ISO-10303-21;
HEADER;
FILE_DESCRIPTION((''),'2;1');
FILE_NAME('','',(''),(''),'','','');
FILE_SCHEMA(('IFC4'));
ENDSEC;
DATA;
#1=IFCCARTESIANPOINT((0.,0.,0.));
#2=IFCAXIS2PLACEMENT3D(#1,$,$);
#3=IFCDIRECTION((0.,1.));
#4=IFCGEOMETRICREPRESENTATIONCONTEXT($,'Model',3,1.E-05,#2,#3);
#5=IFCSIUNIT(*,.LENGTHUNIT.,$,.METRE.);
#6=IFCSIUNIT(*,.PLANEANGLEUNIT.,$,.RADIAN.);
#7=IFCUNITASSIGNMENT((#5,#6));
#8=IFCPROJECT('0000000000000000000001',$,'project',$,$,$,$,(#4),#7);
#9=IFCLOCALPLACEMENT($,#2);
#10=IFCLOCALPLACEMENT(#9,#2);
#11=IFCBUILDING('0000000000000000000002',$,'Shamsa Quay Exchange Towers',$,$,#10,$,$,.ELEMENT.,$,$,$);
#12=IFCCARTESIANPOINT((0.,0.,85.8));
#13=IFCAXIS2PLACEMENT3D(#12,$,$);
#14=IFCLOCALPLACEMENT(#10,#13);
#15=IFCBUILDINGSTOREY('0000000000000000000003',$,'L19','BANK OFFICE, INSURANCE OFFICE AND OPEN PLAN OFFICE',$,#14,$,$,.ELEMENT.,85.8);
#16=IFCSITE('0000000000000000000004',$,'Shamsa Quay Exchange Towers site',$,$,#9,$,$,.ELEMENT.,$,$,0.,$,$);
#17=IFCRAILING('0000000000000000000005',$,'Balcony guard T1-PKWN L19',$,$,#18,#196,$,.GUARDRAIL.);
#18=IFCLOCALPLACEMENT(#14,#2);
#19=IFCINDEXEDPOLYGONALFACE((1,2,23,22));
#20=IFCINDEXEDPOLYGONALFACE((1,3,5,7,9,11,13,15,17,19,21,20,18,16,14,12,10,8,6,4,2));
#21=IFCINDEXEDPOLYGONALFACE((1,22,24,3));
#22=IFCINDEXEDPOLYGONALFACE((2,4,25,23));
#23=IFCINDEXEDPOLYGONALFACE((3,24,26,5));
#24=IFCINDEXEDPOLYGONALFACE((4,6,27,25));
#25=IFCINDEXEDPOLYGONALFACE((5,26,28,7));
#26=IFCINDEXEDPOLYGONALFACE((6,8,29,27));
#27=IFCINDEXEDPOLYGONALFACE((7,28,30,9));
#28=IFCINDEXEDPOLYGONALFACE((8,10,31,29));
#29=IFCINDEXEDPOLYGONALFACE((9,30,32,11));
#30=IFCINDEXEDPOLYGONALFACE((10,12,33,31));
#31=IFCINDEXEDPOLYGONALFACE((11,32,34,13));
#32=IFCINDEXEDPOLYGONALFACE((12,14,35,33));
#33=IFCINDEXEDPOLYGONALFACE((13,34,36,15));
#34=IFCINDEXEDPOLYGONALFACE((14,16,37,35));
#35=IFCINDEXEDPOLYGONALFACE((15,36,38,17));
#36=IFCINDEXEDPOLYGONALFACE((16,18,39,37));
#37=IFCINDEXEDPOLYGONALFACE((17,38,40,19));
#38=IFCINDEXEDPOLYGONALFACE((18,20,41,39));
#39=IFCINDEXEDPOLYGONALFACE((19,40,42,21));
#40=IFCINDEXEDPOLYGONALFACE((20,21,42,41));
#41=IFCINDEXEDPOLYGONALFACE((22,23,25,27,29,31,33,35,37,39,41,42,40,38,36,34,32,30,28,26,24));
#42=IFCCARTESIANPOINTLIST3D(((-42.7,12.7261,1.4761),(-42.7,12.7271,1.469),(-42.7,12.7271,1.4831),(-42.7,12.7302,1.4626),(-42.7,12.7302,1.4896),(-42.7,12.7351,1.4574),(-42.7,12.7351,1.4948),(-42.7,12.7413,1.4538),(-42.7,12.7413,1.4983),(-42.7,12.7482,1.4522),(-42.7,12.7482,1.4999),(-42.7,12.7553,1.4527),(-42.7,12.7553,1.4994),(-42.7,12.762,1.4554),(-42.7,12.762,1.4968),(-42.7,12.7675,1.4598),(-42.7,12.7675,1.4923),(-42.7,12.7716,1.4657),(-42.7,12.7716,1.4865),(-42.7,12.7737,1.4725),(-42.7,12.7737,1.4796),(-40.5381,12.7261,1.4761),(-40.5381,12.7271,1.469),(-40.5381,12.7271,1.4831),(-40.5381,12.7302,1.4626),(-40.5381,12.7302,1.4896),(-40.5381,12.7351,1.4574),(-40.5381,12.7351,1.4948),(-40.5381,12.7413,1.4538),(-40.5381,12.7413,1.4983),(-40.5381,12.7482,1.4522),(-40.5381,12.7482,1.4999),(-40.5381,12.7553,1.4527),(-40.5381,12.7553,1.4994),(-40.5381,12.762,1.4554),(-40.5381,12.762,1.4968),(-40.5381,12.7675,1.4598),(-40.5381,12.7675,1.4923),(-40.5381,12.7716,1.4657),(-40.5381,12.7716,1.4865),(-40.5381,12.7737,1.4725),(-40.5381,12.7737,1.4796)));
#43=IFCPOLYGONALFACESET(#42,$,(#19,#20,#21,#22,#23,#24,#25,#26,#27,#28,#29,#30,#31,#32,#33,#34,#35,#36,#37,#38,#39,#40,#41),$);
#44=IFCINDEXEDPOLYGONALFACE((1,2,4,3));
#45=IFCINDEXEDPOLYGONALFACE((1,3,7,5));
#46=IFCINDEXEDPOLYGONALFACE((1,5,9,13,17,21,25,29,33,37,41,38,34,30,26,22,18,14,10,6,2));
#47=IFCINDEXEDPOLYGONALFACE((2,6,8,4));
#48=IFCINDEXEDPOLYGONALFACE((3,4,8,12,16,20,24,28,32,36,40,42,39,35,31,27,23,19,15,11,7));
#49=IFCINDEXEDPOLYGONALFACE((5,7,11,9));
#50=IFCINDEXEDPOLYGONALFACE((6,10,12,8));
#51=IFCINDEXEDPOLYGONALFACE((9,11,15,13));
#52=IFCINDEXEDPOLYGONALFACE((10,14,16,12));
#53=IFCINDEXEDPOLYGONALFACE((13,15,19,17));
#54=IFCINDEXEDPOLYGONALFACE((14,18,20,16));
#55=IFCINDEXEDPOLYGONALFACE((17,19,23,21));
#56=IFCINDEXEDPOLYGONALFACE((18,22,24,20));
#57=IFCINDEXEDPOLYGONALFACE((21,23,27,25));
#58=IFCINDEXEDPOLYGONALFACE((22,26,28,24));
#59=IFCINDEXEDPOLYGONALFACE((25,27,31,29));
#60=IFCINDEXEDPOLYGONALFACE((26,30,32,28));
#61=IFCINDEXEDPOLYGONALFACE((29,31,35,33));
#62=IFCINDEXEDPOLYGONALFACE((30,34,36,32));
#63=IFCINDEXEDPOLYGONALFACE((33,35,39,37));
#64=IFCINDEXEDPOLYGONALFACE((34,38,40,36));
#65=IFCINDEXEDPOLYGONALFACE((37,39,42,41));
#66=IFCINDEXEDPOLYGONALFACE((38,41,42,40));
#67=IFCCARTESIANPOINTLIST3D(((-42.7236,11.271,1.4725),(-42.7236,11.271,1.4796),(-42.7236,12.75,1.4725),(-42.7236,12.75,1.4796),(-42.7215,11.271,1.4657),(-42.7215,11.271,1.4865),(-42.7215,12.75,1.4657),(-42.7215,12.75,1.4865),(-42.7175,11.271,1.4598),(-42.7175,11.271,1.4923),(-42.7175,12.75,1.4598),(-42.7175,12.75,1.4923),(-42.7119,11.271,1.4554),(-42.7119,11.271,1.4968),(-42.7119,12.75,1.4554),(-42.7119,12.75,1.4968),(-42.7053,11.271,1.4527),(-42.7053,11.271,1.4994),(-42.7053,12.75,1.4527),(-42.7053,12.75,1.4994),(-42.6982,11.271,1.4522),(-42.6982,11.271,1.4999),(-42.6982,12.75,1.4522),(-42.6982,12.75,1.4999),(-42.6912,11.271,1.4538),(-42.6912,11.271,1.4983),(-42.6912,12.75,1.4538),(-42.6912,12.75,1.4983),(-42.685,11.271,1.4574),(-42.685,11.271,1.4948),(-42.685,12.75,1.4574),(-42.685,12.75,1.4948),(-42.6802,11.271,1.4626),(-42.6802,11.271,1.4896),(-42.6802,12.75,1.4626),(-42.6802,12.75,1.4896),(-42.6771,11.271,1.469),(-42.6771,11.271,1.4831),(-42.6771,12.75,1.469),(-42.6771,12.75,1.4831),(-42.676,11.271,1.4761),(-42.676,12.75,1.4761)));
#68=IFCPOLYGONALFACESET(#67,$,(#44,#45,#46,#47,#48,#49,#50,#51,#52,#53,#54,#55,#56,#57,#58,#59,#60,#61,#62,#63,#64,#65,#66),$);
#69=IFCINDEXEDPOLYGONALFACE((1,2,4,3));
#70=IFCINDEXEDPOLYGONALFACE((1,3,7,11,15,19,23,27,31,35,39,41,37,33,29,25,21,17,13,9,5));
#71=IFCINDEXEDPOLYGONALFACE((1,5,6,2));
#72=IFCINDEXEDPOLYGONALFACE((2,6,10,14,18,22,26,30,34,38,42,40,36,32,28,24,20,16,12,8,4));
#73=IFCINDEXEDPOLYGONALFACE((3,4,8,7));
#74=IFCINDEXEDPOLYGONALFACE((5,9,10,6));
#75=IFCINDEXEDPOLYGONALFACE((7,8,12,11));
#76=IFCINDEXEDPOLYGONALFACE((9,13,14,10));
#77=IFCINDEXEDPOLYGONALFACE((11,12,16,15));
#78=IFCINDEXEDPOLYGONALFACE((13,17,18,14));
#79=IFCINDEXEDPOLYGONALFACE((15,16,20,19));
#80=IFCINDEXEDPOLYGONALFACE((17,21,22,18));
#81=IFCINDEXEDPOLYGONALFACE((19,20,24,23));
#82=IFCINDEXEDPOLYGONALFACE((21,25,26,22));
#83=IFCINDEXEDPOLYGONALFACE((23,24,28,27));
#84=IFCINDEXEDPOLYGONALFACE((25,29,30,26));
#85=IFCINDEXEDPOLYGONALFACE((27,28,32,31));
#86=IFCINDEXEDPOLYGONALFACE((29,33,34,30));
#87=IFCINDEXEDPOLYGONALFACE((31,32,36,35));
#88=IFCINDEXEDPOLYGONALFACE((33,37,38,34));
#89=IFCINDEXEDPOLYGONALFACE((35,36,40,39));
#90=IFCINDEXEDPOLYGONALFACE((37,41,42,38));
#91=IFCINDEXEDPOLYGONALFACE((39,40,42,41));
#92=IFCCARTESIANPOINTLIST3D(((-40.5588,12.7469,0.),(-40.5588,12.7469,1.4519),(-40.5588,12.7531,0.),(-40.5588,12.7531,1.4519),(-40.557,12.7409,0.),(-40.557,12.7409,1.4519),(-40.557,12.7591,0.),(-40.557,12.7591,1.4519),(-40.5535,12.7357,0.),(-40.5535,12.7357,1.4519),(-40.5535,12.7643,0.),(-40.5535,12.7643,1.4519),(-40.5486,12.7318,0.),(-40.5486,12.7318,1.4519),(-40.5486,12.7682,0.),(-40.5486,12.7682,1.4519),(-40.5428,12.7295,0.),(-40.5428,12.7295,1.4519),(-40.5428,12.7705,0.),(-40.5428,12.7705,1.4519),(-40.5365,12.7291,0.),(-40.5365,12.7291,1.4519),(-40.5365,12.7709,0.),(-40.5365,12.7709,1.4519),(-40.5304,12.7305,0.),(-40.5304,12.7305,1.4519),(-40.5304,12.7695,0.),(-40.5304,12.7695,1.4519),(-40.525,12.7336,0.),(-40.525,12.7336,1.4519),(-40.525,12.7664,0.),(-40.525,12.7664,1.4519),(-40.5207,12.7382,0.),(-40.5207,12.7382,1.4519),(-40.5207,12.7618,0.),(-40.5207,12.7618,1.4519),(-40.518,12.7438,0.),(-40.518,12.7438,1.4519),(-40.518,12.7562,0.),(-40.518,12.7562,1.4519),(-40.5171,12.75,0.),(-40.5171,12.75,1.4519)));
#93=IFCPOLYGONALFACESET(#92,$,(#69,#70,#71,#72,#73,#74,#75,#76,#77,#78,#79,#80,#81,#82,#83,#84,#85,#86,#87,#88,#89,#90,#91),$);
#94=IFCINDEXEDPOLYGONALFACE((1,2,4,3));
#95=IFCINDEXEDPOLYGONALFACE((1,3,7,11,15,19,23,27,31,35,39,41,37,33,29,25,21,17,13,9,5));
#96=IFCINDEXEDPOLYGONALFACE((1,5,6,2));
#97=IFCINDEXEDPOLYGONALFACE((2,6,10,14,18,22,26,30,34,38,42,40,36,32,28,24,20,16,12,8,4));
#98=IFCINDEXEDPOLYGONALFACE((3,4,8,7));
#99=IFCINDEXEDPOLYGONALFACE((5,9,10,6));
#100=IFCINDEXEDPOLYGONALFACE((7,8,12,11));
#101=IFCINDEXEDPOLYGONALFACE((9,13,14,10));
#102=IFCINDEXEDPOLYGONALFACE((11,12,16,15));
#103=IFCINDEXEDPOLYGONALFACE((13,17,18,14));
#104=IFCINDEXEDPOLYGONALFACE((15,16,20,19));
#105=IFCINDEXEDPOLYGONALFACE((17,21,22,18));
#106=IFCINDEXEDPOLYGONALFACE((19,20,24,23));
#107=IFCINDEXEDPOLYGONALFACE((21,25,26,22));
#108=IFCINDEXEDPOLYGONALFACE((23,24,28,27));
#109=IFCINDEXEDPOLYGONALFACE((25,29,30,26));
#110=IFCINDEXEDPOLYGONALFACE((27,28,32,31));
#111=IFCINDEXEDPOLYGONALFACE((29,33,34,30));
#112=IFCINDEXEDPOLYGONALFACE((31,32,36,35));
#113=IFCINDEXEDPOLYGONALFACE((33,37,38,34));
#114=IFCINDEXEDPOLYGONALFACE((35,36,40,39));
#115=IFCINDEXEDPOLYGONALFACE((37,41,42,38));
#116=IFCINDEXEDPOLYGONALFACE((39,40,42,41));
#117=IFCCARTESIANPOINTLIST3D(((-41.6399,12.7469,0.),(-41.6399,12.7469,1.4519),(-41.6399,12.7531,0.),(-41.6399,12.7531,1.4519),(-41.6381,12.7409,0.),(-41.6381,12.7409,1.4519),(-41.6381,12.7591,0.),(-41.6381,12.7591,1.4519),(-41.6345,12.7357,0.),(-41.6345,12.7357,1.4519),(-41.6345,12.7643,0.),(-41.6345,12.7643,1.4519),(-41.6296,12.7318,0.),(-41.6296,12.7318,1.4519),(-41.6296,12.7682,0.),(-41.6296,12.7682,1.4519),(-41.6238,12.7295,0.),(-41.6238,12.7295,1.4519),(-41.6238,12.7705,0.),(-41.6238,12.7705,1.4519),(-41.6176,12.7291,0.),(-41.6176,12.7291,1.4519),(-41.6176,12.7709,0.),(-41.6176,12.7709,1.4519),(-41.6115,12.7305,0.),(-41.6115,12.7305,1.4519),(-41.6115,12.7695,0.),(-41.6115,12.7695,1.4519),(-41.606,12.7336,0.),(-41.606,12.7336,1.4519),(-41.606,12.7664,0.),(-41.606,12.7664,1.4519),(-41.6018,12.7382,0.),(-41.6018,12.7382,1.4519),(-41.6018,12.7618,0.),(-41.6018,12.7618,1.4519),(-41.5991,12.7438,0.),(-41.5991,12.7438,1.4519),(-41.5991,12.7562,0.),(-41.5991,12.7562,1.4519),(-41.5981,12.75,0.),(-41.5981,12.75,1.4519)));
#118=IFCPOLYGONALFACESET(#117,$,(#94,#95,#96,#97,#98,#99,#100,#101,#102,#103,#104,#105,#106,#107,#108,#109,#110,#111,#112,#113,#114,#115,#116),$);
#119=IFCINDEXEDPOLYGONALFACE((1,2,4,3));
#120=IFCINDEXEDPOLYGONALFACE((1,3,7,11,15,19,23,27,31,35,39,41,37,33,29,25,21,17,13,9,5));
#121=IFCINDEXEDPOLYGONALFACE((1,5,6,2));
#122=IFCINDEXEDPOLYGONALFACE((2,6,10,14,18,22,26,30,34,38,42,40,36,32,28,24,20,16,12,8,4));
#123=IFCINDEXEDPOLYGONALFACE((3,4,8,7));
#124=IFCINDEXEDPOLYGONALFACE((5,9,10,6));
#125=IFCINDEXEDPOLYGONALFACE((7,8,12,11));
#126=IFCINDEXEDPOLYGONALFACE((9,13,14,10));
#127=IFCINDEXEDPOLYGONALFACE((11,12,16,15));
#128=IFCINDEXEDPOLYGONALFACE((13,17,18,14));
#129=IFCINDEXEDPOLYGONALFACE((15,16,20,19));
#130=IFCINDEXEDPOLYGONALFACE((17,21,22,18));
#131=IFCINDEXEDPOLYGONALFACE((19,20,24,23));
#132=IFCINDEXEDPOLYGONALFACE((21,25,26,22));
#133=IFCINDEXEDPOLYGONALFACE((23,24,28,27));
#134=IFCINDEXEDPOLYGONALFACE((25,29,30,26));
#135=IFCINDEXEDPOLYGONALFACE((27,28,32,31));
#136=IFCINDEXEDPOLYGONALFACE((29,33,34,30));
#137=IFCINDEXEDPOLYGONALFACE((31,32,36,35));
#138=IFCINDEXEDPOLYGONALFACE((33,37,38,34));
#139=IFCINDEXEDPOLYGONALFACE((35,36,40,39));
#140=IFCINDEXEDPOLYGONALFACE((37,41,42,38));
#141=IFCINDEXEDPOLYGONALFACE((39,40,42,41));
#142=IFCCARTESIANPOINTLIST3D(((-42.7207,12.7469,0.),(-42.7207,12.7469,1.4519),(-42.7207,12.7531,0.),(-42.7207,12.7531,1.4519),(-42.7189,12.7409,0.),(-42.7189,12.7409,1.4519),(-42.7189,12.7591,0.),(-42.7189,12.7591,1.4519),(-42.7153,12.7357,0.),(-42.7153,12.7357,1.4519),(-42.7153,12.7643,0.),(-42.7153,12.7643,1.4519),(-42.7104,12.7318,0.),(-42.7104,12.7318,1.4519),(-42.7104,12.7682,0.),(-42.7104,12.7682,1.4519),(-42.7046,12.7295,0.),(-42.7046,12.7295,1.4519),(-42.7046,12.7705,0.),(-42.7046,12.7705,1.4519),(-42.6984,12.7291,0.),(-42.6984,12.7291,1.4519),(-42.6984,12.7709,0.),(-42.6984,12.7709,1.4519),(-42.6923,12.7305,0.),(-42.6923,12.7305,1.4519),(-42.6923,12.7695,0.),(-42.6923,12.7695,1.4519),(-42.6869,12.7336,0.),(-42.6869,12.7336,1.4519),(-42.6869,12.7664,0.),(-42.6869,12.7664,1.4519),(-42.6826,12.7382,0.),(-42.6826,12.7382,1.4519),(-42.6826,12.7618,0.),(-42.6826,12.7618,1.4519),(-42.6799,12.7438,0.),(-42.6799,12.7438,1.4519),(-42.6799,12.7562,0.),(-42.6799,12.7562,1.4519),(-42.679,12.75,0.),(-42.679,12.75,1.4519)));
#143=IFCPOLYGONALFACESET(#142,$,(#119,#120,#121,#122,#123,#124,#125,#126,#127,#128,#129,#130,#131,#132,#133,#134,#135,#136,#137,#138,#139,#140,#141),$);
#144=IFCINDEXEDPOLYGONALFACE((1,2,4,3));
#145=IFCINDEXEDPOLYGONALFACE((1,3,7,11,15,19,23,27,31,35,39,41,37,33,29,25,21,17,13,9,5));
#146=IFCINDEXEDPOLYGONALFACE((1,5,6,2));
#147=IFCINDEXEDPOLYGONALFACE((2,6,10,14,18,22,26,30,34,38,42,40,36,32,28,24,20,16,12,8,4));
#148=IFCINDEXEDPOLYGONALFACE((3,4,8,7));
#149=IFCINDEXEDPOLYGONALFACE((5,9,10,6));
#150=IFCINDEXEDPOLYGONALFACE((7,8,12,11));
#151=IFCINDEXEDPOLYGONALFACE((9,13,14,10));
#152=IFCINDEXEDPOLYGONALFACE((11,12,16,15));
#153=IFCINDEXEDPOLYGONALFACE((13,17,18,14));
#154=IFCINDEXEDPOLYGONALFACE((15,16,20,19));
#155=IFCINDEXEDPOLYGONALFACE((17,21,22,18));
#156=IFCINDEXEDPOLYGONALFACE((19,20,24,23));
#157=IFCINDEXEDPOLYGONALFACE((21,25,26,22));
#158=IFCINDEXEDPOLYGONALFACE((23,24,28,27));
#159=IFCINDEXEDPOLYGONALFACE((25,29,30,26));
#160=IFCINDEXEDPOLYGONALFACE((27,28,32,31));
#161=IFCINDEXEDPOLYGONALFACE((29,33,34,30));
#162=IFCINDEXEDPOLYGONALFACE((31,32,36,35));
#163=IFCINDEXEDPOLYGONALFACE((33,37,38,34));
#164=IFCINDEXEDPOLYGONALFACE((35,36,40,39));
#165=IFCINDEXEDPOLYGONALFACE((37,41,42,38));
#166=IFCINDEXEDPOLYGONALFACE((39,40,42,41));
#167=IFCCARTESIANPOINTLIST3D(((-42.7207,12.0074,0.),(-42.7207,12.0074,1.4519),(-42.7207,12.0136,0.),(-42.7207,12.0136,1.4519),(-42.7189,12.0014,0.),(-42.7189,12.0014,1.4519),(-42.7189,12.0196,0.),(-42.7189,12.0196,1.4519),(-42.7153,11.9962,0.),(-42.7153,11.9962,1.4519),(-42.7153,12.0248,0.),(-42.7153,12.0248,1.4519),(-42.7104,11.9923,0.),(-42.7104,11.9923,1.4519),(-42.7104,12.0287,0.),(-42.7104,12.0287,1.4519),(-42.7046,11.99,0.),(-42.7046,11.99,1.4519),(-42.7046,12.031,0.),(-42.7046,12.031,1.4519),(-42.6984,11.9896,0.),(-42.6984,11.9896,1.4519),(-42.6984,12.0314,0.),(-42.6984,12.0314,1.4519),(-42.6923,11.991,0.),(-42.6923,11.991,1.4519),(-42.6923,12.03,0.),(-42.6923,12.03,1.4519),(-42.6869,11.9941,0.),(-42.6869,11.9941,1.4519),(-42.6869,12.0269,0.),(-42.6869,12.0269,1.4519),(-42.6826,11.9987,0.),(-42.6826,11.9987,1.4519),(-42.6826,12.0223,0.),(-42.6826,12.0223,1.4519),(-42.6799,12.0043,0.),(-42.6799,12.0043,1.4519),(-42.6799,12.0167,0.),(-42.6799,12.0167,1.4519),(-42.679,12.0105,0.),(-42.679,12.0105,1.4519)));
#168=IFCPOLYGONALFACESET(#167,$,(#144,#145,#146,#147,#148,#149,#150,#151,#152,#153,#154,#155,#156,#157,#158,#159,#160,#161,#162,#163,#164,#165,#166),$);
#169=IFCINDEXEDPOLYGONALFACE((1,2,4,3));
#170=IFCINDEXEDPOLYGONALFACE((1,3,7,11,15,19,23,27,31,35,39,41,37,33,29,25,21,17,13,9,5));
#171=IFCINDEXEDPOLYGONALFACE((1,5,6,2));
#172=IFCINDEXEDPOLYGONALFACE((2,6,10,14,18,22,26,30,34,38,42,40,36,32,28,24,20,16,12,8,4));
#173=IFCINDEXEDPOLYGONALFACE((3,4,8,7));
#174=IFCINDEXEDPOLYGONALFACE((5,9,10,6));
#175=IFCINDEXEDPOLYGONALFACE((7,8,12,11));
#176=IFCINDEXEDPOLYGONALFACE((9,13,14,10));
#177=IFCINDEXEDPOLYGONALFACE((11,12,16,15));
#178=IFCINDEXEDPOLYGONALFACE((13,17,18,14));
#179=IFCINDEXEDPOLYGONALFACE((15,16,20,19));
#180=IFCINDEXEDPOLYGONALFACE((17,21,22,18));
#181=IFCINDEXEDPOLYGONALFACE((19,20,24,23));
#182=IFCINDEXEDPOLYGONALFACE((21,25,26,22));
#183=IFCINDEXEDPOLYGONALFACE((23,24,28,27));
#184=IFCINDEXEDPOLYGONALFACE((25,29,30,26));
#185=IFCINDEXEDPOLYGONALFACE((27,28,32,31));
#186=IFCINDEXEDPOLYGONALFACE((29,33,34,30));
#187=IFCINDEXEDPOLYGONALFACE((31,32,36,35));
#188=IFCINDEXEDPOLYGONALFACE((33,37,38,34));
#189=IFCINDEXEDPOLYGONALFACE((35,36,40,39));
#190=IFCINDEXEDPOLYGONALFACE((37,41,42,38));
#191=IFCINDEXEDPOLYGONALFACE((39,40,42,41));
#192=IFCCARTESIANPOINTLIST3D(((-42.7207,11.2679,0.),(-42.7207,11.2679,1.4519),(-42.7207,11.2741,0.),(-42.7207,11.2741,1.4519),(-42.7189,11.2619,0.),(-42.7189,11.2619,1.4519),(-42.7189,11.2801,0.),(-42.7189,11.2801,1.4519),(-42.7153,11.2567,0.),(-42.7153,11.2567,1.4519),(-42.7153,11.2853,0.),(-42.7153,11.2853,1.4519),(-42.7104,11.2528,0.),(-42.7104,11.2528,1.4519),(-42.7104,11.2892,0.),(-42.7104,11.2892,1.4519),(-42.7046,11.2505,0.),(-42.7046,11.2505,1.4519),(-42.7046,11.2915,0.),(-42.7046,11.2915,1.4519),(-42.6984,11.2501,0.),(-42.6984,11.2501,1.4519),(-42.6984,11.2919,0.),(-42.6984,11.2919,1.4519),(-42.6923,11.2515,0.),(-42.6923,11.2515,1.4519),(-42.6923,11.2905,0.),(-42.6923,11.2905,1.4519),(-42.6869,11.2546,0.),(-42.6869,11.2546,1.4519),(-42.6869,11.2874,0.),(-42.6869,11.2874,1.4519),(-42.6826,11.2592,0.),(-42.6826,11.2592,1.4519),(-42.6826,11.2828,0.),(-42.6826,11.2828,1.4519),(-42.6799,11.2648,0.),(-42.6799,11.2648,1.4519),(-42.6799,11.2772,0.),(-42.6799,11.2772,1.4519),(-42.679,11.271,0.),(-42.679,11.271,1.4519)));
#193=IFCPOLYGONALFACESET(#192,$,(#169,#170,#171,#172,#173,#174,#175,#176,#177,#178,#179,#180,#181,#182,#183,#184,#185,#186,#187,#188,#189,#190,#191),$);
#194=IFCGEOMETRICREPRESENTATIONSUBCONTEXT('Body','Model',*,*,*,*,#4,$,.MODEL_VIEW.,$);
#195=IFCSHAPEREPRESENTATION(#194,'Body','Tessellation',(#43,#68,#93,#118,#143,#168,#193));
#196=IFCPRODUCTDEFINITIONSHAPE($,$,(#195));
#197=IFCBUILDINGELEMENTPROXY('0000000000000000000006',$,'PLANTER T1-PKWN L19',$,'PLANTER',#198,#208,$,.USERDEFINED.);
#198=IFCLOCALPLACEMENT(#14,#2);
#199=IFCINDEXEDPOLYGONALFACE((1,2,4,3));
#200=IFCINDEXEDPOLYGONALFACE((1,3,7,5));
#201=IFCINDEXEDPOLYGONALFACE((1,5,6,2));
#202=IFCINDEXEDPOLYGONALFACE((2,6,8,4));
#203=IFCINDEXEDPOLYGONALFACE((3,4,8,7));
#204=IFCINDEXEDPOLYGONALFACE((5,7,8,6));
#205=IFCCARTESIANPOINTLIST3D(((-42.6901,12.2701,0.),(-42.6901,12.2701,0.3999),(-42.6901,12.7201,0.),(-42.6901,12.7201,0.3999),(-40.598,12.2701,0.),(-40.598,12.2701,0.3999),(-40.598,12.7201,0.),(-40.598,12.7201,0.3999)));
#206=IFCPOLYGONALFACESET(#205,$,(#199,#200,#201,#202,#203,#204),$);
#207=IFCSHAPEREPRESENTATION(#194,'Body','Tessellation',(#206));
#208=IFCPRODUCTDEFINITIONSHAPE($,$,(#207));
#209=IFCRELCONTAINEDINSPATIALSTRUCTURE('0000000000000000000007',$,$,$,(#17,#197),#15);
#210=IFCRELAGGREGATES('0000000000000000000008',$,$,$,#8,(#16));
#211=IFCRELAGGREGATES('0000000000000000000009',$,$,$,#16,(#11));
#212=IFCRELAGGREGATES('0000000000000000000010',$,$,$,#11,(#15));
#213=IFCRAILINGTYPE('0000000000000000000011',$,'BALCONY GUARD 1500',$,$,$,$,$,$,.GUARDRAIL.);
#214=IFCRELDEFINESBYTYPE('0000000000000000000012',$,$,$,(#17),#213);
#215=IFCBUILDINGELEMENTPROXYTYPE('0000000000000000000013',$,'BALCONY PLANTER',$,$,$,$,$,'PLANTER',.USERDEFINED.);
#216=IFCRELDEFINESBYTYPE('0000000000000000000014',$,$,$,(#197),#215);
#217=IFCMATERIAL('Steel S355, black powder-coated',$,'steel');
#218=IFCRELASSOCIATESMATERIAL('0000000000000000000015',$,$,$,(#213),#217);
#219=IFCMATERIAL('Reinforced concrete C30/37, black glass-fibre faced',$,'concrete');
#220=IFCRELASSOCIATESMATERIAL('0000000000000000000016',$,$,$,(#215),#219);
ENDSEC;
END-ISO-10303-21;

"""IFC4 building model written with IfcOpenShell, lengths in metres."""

from ifc_helpers import new_model, si_unit, direction, frame, origin, origin_2d, place, context, subcontext, project, spatial, rectangle, circle, extrude, material, type_object, element, save


model = new_model("IFC4")

# Units and contexts
model_context = context("Model", 3, precision=1e-05, world=origin(), true_north=direction((0.0, 1.0)))
body_context = subcontext(model_context, "Body", "Model", "MODEL_VIEW")
ifc_project = project(units=[si_unit("LENGTHUNIT", "METRE"), si_unit("PLANEANGLEUNIT", "RADIAN")], contexts=[model_context])

# Site, building, storey
site_placement = place(None, origin())
site = spatial("IfcSite", under=ifc_project, at=site_placement, Name="Shamsa Quay Exchange Towers site", CompositionType="ELEMENT", RefElevation=0.0)
building_placement = place(site_placement, origin())
building = spatial("IfcBuilding", under=site, at=building_placement, Name="Shamsa Quay Exchange Towers", CompositionType="ELEMENT")
storey_placement = place(building_placement, frame((0.0, 0.0, 85.8)))
storey = spatial("IfcBuildingStorey", under=building, at=storey_placement, Name="L19", Description="BANK OFFICE, INSURANCE OFFICE AND OPEN PLAN OFFICE", CompositionType="ELEMENT", Elevation=85.8)

# Railing
ifc_material_1 = material(Name="Steel S355, black powder-coated", Category="steel")
railing_type = type_object("IfcRailingType", Name="BALCONY GUARD 1500", PredefinedType="GUARDRAIL", material=ifc_material_1)
railing_placement = place(storey_placement, frame((-40.5381, 12.75, 0.0)))
element("IfcRailing", 1, at=railing_placement, inside=storey, type_object=railing_type, Name="Balcony guard T1-PKWN L19", PredefinedType="GUARDRAIL", context=body_context, shape_type="SweptSolid", body=[
    extrude(circle(Radius=0.0239, at=origin_2d()), frame((0.0, 0.0, 1.4761), z_axis=(-1.0, 0.0, 0.0), x_axis=(0.0, -1.0, 0.0)), (0.0, 0.0, 1.0), 2.1619),
    extrude(circle(Radius=0.0239, at=origin_2d()), frame((-2.1619, 0.0, 1.4761), z_axis=(0.0, -1.0, 0.0), x_axis=(1.0, 0.0, 0.0)), (0.0, 0.0, 1.0), 1.479),
    extrude(circle(Radius=0.021, at=origin_2d()), origin(), (0.0, 0.0, 1.0), 1.4519),
    extrude(circle(Radius=0.021, at=origin_2d()), frame((-1.0811, 0.0, 0.0)), (0.0, 0.0, 1.0), 1.4519),
    extrude(circle(Radius=0.021, at=origin_2d()), frame((-2.1619, 0.0, 0.0)), (0.0, 0.0, 1.0), 1.4519),
    extrude(circle(Radius=0.021, at=origin_2d()), frame((-2.1619, -0.7395, 0.0)), (0.0, 0.0, 1.0), 1.4519),
    extrude(circle(Radius=0.021, at=origin_2d()), frame((-2.1619, -1.479, 0.0)), (0.0, 0.0, 1.0), 1.4519),
])

# Building element proxy
ifc_material_2 = material(Name="Reinforced concrete C30/37, black glass-fibre faced", Category="concrete")
building_element_proxy_type = type_object("IfcBuildingElementProxyType", Name="BALCONY PLANTER", ElementType="PLANTER", PredefinedType="USERDEFINED", material=ifc_material_2)
proxy_placement = place(storey_placement, frame((-41.644, 12.4951, 0.0), z_axis=(0.0, 0.0, 1.0), x_axis=(-1.0, 0.0, 0.0)))
element("IfcBuildingElementProxy", 2, at=proxy_placement, inside=storey, type_object=building_element_proxy_type, Name="PLANTER T1-PKWN L19", ObjectType="PLANTER", PredefinedType="USERDEFINED", context=body_context, shape_type="SweptSolid", body=[
    extrude(rectangle(XDim=2.092, YDim=0.45, at=origin_2d()), origin(), (0.0, 0.0, 1.0), 0.3999),
])

save(model, "model.ifc")
